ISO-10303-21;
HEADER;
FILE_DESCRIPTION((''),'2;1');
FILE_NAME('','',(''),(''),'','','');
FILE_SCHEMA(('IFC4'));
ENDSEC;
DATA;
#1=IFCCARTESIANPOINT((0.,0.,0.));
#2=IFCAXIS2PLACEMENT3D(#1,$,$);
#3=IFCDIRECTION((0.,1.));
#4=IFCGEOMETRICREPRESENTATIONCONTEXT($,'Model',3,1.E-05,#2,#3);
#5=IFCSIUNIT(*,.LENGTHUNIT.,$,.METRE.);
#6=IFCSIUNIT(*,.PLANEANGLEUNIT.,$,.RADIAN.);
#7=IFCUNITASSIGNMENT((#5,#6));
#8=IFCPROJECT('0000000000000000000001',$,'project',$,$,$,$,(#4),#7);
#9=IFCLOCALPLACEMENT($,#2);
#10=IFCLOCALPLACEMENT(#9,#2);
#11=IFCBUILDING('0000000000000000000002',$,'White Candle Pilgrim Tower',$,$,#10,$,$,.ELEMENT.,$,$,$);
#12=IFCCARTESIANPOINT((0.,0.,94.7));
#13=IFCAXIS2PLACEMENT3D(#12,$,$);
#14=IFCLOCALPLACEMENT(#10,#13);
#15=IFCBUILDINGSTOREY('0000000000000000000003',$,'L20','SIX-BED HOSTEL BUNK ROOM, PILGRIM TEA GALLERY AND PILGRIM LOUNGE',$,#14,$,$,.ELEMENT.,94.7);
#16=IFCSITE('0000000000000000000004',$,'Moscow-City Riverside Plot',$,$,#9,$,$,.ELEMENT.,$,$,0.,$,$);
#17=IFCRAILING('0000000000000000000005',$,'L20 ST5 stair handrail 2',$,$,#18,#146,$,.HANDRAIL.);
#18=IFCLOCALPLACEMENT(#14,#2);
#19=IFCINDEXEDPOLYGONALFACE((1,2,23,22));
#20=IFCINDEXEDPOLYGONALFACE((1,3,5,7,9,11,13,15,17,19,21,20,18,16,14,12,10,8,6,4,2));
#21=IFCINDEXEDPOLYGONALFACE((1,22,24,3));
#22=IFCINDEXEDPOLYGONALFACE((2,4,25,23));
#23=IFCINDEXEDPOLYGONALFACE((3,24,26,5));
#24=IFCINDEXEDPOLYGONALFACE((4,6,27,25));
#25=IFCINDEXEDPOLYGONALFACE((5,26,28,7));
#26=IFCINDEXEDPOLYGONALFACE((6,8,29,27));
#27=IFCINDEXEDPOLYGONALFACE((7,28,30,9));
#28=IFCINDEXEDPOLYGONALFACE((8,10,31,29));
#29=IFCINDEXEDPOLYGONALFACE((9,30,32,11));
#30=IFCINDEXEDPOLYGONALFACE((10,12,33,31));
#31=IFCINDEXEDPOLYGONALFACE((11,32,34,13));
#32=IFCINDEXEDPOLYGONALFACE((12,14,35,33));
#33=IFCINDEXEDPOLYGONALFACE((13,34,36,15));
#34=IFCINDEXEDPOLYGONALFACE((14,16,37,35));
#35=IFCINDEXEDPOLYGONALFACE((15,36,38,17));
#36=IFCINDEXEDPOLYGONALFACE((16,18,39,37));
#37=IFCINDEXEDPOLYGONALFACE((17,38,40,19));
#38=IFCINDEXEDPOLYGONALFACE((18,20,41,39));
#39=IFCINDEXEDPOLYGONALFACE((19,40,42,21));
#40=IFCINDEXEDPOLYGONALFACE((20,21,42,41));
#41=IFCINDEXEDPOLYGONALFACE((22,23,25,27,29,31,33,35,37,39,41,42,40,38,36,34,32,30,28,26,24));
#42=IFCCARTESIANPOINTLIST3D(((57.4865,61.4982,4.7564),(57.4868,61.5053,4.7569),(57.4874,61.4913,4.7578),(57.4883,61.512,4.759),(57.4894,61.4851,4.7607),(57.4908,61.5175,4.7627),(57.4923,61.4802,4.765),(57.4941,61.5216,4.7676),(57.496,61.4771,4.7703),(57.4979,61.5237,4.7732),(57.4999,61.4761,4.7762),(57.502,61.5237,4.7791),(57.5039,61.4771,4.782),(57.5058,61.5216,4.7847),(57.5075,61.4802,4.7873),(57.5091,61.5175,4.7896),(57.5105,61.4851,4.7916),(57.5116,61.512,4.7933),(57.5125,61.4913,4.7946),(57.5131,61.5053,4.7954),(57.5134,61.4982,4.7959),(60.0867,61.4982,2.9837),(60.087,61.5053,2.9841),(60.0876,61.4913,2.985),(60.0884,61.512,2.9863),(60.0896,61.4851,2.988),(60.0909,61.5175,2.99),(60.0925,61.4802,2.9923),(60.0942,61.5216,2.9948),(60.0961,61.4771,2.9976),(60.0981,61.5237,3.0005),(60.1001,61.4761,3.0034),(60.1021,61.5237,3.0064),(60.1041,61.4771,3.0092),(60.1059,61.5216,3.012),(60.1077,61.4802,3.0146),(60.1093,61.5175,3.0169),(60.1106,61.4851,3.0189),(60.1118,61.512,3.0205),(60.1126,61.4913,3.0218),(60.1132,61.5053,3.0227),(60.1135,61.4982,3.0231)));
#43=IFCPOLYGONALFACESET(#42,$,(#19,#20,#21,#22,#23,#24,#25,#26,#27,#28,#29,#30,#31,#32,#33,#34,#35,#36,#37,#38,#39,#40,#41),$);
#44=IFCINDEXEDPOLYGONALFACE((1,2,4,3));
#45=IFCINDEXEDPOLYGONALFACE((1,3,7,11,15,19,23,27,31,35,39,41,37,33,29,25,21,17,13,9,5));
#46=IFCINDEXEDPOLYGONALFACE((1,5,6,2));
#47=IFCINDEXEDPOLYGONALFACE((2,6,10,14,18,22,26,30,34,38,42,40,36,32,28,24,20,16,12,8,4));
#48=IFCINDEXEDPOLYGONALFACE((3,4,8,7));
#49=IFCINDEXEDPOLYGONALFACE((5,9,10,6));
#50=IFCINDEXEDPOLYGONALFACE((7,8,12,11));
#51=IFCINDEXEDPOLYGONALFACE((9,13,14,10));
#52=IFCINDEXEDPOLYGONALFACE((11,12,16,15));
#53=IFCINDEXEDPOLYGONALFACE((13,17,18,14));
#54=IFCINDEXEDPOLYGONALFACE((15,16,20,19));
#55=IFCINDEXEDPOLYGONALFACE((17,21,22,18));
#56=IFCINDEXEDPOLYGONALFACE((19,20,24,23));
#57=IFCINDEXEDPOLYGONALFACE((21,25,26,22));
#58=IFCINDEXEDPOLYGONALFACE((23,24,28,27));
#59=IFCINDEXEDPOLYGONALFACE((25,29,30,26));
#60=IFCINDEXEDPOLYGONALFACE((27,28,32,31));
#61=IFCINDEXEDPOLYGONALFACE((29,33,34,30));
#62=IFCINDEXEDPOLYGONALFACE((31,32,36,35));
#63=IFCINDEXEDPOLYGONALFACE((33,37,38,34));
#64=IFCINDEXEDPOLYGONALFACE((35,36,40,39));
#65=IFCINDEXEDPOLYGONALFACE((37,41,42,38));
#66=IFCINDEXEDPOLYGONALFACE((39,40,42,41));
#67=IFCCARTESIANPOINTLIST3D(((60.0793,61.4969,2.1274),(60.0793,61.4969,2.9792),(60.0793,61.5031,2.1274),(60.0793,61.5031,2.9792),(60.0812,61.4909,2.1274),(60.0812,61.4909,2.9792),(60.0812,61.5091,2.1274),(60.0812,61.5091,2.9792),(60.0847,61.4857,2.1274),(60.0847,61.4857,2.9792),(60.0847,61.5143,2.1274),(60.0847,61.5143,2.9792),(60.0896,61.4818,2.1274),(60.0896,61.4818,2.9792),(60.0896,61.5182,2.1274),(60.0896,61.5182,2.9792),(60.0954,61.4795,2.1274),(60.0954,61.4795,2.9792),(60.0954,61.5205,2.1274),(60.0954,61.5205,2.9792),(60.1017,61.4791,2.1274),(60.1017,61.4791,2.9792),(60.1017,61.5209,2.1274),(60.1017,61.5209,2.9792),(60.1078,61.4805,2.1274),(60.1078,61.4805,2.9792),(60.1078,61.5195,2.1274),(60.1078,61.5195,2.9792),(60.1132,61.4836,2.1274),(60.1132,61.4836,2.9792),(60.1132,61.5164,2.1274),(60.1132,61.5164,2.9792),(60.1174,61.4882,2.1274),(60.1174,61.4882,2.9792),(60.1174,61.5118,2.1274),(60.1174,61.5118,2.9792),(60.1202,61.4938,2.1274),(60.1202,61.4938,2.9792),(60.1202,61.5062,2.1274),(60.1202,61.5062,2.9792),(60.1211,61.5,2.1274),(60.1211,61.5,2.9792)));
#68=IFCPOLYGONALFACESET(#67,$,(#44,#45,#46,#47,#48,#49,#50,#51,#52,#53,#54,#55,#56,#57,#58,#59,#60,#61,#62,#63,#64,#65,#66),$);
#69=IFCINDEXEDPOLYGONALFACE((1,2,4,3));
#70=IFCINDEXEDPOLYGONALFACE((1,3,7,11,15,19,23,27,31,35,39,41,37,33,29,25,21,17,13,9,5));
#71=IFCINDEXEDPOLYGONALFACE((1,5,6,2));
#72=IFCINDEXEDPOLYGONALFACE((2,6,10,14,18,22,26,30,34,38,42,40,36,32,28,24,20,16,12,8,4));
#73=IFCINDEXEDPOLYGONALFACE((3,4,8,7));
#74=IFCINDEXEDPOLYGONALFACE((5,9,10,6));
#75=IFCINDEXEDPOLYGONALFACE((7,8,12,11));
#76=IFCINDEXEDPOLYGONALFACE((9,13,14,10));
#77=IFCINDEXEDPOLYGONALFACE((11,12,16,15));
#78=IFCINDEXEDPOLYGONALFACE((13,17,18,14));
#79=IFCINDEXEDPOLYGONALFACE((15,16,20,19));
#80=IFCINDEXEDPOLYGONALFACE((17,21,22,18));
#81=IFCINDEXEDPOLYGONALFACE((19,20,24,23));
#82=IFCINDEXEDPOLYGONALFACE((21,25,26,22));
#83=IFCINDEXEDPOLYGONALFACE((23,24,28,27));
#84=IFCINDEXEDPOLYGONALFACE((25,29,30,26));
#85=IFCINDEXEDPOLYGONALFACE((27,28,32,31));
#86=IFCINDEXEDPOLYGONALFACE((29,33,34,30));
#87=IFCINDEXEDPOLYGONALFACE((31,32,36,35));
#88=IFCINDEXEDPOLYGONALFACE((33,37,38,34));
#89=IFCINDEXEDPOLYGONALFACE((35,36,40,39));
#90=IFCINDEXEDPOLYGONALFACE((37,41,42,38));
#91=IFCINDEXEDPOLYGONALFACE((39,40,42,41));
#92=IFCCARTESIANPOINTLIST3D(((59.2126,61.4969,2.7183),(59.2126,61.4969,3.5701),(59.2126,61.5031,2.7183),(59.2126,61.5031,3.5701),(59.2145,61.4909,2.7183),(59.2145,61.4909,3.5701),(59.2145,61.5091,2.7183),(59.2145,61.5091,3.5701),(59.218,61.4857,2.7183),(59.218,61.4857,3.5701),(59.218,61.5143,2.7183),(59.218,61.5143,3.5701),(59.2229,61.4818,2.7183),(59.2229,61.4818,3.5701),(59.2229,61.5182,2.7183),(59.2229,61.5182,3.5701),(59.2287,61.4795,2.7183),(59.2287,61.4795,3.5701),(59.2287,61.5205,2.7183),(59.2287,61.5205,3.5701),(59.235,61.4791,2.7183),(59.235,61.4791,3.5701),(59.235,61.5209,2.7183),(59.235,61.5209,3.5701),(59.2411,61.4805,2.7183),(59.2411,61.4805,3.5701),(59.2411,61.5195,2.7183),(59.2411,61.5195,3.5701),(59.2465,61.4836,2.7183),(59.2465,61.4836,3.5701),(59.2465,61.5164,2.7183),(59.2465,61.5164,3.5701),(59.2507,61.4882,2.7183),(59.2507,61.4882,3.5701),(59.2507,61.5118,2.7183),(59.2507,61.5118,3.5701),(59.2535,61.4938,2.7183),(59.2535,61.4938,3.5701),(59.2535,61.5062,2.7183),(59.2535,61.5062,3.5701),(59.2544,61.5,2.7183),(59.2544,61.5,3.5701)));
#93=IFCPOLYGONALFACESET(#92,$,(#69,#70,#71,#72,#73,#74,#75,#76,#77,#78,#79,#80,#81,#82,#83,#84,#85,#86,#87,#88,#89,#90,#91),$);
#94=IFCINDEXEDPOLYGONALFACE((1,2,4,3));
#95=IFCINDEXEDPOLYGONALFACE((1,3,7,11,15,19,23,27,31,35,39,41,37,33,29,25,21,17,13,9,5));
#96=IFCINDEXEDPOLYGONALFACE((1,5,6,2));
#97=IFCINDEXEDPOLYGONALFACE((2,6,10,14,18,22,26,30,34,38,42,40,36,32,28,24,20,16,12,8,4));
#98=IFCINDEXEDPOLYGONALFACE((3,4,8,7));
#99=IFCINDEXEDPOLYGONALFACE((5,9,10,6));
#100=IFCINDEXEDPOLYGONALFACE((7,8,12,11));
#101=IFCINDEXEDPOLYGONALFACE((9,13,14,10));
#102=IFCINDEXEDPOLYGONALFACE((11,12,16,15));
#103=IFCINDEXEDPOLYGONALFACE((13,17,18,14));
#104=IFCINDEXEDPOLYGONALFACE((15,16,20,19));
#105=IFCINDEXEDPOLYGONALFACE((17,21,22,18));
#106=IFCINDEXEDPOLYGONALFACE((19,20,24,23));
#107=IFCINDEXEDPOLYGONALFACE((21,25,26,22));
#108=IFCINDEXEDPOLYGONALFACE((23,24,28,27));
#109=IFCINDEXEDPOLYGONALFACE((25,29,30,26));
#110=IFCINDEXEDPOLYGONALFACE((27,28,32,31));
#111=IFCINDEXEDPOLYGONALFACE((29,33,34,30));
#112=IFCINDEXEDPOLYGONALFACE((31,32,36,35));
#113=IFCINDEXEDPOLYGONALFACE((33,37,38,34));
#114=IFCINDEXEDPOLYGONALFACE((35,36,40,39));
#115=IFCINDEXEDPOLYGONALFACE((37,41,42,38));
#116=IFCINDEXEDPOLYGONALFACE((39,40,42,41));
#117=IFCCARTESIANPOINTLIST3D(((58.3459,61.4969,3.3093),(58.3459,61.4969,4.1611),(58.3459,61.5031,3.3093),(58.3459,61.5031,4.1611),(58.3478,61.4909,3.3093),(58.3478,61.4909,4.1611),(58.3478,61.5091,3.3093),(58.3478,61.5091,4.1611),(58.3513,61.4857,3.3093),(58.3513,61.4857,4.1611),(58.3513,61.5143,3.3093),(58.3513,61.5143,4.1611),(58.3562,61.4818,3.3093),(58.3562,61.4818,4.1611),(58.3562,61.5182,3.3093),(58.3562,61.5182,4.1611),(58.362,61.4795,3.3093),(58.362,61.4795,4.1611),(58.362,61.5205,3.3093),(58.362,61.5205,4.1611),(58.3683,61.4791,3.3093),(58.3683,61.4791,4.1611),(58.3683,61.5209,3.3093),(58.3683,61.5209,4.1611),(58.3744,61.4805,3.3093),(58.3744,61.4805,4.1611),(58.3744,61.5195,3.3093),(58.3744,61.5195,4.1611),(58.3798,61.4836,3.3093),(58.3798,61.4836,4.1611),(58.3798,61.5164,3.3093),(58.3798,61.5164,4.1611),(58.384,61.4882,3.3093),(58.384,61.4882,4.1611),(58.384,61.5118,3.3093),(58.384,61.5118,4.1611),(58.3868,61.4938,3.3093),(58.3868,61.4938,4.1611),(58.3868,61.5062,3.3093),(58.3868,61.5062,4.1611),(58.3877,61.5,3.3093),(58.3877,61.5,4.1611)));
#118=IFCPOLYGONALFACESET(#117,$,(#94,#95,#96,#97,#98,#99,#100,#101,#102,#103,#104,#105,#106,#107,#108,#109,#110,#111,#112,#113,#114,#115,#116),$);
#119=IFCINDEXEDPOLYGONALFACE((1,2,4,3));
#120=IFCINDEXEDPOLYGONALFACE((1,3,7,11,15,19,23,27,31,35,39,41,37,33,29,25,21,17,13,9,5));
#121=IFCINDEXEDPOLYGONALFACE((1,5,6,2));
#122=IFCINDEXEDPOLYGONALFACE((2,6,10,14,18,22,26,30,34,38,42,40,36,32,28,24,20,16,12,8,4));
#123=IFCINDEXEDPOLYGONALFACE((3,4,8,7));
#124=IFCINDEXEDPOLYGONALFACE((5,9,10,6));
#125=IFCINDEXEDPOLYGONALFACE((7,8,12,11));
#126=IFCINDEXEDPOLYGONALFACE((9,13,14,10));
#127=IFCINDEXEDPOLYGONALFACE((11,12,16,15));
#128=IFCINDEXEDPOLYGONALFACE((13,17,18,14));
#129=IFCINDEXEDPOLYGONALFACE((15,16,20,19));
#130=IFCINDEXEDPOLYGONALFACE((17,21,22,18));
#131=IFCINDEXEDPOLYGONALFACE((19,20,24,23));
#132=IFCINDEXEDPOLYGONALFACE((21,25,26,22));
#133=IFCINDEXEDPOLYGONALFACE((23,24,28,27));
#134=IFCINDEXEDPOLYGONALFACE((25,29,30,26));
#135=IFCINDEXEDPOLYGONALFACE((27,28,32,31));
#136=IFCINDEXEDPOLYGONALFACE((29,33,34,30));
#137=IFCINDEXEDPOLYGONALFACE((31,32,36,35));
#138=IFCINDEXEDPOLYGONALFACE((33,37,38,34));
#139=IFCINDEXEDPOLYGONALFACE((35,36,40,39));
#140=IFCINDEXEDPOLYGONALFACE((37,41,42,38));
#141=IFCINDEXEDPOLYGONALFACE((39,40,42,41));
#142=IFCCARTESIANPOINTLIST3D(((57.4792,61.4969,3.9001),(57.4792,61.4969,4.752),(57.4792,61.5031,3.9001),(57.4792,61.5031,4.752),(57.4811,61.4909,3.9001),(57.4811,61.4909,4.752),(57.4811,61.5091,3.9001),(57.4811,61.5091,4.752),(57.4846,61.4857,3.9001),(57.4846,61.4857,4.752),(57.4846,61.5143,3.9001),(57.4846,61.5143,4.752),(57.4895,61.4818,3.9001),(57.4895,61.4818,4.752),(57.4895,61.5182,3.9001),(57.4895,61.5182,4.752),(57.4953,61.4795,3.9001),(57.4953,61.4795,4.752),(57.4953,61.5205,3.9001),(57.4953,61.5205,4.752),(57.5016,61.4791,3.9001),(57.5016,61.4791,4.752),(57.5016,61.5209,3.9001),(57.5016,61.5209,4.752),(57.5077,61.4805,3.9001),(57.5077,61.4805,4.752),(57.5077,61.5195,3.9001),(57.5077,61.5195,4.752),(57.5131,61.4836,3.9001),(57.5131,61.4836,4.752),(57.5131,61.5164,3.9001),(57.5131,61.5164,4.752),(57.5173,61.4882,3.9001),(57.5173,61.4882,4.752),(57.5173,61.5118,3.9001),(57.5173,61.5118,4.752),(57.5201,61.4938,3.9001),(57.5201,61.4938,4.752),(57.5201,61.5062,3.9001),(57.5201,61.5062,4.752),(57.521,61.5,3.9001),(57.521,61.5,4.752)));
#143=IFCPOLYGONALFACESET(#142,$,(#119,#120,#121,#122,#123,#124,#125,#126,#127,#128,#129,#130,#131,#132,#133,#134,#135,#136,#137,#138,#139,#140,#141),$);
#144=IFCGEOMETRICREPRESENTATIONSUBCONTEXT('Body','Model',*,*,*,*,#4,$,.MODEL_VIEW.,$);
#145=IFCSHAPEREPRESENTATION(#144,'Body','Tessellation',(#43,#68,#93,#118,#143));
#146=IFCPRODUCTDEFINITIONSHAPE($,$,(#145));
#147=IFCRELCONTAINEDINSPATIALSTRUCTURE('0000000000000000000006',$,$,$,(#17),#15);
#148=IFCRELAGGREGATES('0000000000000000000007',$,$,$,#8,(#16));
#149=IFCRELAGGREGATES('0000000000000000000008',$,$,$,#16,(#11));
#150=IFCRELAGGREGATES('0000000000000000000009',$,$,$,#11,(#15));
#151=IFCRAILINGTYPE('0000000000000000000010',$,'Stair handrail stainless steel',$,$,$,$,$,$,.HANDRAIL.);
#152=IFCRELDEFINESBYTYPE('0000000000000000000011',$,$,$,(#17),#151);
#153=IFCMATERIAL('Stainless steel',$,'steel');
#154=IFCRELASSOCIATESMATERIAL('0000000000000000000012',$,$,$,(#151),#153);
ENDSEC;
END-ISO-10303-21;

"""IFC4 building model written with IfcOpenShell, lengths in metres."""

from ifc_helpers import new_model, si_unit, direction, frame, origin, origin_2d, place, context, subcontext, project, spatial, circle, extrude, material, type_object, element, save


model = new_model("IFC4")

# Units and contexts
model_context = context("Model", 3, precision=1e-05, world=origin(), true_north=direction((0.0, 1.0)))
body_context = subcontext(model_context, "Body", "Model", "MODEL_VIEW")
ifc_project = project(units=[si_unit("LENGTHUNIT", "METRE"), si_unit("PLANEANGLEUNIT", "RADIAN")], contexts=[model_context])

# Site, building, storey
site_placement = place(None, origin())
site = spatial("IfcSite", under=ifc_project, at=site_placement, Name="Moscow-City Riverside Plot", CompositionType="ELEMENT", RefElevation=0.0)
building_placement = place(site_placement, origin())
building = spatial("IfcBuilding", under=site, at=building_placement, Name="White Candle Pilgrim Tower", CompositionType="ELEMENT")
storey_placement = place(building_placement, frame((0.0, 0.0, 94.7)))
storey = spatial("IfcBuildingStorey", under=building, at=storey_placement, Name="L20", Description="SIX-BED HOSTEL BUNK ROOM, PILGRIM TEA GALLERY AND PILGRIM LOUNGE", CompositionType="ELEMENT", Elevation=94.7)

# Railing
ifc_material_1 = material(Name="Stainless steel", Category="steel")
railing_type_1 = type_object("IfcRailingType", Name="Stair handrail stainless steel", PredefinedType="HANDRAIL", material=ifc_material_1)
railing_1_placement = place(storey_placement, frame((60.1001, 61.5, 2.1274)))
element("IfcRailing", 1, at=railing_1_placement, inside=storey, type_object=railing_type_1, Name="L20 ST5 stair handrail 2", PredefinedType="HANDRAIL", context=body_context, shape_type="SweptSolid", body=[
    extrude(circle(Radius=0.0239, at=origin_2d()), frame((0.0, 0.0, 0.876), z_axis=(-0.82624, 0.0, 0.563318), x_axis=(0.0, -1.0, 0.0)), (0.0, 0.0, 1.0), 3.147),
    extrude(circle(Radius=0.021, at=origin_2d()), origin(), (0.0, 0.0, 1.0), 0.8518),
    extrude(circle(Radius=0.021, at=origin_2d()), frame((-0.8667, 0.0, 0.5908)), (0.0, 0.0, 1.0), 0.8518),
    extrude(circle(Radius=0.021, at=origin_2d()), frame((-1.7334, 0.0, 1.1819)), (0.0, 0.0, 1.0), 0.8518),
    extrude(circle(Radius=0.021, at=origin_2d()), frame((-2.6001, 0.0, 1.7727)), (0.0, 0.0, 1.0), 0.8518),
])

save(model, "model.ifc")
